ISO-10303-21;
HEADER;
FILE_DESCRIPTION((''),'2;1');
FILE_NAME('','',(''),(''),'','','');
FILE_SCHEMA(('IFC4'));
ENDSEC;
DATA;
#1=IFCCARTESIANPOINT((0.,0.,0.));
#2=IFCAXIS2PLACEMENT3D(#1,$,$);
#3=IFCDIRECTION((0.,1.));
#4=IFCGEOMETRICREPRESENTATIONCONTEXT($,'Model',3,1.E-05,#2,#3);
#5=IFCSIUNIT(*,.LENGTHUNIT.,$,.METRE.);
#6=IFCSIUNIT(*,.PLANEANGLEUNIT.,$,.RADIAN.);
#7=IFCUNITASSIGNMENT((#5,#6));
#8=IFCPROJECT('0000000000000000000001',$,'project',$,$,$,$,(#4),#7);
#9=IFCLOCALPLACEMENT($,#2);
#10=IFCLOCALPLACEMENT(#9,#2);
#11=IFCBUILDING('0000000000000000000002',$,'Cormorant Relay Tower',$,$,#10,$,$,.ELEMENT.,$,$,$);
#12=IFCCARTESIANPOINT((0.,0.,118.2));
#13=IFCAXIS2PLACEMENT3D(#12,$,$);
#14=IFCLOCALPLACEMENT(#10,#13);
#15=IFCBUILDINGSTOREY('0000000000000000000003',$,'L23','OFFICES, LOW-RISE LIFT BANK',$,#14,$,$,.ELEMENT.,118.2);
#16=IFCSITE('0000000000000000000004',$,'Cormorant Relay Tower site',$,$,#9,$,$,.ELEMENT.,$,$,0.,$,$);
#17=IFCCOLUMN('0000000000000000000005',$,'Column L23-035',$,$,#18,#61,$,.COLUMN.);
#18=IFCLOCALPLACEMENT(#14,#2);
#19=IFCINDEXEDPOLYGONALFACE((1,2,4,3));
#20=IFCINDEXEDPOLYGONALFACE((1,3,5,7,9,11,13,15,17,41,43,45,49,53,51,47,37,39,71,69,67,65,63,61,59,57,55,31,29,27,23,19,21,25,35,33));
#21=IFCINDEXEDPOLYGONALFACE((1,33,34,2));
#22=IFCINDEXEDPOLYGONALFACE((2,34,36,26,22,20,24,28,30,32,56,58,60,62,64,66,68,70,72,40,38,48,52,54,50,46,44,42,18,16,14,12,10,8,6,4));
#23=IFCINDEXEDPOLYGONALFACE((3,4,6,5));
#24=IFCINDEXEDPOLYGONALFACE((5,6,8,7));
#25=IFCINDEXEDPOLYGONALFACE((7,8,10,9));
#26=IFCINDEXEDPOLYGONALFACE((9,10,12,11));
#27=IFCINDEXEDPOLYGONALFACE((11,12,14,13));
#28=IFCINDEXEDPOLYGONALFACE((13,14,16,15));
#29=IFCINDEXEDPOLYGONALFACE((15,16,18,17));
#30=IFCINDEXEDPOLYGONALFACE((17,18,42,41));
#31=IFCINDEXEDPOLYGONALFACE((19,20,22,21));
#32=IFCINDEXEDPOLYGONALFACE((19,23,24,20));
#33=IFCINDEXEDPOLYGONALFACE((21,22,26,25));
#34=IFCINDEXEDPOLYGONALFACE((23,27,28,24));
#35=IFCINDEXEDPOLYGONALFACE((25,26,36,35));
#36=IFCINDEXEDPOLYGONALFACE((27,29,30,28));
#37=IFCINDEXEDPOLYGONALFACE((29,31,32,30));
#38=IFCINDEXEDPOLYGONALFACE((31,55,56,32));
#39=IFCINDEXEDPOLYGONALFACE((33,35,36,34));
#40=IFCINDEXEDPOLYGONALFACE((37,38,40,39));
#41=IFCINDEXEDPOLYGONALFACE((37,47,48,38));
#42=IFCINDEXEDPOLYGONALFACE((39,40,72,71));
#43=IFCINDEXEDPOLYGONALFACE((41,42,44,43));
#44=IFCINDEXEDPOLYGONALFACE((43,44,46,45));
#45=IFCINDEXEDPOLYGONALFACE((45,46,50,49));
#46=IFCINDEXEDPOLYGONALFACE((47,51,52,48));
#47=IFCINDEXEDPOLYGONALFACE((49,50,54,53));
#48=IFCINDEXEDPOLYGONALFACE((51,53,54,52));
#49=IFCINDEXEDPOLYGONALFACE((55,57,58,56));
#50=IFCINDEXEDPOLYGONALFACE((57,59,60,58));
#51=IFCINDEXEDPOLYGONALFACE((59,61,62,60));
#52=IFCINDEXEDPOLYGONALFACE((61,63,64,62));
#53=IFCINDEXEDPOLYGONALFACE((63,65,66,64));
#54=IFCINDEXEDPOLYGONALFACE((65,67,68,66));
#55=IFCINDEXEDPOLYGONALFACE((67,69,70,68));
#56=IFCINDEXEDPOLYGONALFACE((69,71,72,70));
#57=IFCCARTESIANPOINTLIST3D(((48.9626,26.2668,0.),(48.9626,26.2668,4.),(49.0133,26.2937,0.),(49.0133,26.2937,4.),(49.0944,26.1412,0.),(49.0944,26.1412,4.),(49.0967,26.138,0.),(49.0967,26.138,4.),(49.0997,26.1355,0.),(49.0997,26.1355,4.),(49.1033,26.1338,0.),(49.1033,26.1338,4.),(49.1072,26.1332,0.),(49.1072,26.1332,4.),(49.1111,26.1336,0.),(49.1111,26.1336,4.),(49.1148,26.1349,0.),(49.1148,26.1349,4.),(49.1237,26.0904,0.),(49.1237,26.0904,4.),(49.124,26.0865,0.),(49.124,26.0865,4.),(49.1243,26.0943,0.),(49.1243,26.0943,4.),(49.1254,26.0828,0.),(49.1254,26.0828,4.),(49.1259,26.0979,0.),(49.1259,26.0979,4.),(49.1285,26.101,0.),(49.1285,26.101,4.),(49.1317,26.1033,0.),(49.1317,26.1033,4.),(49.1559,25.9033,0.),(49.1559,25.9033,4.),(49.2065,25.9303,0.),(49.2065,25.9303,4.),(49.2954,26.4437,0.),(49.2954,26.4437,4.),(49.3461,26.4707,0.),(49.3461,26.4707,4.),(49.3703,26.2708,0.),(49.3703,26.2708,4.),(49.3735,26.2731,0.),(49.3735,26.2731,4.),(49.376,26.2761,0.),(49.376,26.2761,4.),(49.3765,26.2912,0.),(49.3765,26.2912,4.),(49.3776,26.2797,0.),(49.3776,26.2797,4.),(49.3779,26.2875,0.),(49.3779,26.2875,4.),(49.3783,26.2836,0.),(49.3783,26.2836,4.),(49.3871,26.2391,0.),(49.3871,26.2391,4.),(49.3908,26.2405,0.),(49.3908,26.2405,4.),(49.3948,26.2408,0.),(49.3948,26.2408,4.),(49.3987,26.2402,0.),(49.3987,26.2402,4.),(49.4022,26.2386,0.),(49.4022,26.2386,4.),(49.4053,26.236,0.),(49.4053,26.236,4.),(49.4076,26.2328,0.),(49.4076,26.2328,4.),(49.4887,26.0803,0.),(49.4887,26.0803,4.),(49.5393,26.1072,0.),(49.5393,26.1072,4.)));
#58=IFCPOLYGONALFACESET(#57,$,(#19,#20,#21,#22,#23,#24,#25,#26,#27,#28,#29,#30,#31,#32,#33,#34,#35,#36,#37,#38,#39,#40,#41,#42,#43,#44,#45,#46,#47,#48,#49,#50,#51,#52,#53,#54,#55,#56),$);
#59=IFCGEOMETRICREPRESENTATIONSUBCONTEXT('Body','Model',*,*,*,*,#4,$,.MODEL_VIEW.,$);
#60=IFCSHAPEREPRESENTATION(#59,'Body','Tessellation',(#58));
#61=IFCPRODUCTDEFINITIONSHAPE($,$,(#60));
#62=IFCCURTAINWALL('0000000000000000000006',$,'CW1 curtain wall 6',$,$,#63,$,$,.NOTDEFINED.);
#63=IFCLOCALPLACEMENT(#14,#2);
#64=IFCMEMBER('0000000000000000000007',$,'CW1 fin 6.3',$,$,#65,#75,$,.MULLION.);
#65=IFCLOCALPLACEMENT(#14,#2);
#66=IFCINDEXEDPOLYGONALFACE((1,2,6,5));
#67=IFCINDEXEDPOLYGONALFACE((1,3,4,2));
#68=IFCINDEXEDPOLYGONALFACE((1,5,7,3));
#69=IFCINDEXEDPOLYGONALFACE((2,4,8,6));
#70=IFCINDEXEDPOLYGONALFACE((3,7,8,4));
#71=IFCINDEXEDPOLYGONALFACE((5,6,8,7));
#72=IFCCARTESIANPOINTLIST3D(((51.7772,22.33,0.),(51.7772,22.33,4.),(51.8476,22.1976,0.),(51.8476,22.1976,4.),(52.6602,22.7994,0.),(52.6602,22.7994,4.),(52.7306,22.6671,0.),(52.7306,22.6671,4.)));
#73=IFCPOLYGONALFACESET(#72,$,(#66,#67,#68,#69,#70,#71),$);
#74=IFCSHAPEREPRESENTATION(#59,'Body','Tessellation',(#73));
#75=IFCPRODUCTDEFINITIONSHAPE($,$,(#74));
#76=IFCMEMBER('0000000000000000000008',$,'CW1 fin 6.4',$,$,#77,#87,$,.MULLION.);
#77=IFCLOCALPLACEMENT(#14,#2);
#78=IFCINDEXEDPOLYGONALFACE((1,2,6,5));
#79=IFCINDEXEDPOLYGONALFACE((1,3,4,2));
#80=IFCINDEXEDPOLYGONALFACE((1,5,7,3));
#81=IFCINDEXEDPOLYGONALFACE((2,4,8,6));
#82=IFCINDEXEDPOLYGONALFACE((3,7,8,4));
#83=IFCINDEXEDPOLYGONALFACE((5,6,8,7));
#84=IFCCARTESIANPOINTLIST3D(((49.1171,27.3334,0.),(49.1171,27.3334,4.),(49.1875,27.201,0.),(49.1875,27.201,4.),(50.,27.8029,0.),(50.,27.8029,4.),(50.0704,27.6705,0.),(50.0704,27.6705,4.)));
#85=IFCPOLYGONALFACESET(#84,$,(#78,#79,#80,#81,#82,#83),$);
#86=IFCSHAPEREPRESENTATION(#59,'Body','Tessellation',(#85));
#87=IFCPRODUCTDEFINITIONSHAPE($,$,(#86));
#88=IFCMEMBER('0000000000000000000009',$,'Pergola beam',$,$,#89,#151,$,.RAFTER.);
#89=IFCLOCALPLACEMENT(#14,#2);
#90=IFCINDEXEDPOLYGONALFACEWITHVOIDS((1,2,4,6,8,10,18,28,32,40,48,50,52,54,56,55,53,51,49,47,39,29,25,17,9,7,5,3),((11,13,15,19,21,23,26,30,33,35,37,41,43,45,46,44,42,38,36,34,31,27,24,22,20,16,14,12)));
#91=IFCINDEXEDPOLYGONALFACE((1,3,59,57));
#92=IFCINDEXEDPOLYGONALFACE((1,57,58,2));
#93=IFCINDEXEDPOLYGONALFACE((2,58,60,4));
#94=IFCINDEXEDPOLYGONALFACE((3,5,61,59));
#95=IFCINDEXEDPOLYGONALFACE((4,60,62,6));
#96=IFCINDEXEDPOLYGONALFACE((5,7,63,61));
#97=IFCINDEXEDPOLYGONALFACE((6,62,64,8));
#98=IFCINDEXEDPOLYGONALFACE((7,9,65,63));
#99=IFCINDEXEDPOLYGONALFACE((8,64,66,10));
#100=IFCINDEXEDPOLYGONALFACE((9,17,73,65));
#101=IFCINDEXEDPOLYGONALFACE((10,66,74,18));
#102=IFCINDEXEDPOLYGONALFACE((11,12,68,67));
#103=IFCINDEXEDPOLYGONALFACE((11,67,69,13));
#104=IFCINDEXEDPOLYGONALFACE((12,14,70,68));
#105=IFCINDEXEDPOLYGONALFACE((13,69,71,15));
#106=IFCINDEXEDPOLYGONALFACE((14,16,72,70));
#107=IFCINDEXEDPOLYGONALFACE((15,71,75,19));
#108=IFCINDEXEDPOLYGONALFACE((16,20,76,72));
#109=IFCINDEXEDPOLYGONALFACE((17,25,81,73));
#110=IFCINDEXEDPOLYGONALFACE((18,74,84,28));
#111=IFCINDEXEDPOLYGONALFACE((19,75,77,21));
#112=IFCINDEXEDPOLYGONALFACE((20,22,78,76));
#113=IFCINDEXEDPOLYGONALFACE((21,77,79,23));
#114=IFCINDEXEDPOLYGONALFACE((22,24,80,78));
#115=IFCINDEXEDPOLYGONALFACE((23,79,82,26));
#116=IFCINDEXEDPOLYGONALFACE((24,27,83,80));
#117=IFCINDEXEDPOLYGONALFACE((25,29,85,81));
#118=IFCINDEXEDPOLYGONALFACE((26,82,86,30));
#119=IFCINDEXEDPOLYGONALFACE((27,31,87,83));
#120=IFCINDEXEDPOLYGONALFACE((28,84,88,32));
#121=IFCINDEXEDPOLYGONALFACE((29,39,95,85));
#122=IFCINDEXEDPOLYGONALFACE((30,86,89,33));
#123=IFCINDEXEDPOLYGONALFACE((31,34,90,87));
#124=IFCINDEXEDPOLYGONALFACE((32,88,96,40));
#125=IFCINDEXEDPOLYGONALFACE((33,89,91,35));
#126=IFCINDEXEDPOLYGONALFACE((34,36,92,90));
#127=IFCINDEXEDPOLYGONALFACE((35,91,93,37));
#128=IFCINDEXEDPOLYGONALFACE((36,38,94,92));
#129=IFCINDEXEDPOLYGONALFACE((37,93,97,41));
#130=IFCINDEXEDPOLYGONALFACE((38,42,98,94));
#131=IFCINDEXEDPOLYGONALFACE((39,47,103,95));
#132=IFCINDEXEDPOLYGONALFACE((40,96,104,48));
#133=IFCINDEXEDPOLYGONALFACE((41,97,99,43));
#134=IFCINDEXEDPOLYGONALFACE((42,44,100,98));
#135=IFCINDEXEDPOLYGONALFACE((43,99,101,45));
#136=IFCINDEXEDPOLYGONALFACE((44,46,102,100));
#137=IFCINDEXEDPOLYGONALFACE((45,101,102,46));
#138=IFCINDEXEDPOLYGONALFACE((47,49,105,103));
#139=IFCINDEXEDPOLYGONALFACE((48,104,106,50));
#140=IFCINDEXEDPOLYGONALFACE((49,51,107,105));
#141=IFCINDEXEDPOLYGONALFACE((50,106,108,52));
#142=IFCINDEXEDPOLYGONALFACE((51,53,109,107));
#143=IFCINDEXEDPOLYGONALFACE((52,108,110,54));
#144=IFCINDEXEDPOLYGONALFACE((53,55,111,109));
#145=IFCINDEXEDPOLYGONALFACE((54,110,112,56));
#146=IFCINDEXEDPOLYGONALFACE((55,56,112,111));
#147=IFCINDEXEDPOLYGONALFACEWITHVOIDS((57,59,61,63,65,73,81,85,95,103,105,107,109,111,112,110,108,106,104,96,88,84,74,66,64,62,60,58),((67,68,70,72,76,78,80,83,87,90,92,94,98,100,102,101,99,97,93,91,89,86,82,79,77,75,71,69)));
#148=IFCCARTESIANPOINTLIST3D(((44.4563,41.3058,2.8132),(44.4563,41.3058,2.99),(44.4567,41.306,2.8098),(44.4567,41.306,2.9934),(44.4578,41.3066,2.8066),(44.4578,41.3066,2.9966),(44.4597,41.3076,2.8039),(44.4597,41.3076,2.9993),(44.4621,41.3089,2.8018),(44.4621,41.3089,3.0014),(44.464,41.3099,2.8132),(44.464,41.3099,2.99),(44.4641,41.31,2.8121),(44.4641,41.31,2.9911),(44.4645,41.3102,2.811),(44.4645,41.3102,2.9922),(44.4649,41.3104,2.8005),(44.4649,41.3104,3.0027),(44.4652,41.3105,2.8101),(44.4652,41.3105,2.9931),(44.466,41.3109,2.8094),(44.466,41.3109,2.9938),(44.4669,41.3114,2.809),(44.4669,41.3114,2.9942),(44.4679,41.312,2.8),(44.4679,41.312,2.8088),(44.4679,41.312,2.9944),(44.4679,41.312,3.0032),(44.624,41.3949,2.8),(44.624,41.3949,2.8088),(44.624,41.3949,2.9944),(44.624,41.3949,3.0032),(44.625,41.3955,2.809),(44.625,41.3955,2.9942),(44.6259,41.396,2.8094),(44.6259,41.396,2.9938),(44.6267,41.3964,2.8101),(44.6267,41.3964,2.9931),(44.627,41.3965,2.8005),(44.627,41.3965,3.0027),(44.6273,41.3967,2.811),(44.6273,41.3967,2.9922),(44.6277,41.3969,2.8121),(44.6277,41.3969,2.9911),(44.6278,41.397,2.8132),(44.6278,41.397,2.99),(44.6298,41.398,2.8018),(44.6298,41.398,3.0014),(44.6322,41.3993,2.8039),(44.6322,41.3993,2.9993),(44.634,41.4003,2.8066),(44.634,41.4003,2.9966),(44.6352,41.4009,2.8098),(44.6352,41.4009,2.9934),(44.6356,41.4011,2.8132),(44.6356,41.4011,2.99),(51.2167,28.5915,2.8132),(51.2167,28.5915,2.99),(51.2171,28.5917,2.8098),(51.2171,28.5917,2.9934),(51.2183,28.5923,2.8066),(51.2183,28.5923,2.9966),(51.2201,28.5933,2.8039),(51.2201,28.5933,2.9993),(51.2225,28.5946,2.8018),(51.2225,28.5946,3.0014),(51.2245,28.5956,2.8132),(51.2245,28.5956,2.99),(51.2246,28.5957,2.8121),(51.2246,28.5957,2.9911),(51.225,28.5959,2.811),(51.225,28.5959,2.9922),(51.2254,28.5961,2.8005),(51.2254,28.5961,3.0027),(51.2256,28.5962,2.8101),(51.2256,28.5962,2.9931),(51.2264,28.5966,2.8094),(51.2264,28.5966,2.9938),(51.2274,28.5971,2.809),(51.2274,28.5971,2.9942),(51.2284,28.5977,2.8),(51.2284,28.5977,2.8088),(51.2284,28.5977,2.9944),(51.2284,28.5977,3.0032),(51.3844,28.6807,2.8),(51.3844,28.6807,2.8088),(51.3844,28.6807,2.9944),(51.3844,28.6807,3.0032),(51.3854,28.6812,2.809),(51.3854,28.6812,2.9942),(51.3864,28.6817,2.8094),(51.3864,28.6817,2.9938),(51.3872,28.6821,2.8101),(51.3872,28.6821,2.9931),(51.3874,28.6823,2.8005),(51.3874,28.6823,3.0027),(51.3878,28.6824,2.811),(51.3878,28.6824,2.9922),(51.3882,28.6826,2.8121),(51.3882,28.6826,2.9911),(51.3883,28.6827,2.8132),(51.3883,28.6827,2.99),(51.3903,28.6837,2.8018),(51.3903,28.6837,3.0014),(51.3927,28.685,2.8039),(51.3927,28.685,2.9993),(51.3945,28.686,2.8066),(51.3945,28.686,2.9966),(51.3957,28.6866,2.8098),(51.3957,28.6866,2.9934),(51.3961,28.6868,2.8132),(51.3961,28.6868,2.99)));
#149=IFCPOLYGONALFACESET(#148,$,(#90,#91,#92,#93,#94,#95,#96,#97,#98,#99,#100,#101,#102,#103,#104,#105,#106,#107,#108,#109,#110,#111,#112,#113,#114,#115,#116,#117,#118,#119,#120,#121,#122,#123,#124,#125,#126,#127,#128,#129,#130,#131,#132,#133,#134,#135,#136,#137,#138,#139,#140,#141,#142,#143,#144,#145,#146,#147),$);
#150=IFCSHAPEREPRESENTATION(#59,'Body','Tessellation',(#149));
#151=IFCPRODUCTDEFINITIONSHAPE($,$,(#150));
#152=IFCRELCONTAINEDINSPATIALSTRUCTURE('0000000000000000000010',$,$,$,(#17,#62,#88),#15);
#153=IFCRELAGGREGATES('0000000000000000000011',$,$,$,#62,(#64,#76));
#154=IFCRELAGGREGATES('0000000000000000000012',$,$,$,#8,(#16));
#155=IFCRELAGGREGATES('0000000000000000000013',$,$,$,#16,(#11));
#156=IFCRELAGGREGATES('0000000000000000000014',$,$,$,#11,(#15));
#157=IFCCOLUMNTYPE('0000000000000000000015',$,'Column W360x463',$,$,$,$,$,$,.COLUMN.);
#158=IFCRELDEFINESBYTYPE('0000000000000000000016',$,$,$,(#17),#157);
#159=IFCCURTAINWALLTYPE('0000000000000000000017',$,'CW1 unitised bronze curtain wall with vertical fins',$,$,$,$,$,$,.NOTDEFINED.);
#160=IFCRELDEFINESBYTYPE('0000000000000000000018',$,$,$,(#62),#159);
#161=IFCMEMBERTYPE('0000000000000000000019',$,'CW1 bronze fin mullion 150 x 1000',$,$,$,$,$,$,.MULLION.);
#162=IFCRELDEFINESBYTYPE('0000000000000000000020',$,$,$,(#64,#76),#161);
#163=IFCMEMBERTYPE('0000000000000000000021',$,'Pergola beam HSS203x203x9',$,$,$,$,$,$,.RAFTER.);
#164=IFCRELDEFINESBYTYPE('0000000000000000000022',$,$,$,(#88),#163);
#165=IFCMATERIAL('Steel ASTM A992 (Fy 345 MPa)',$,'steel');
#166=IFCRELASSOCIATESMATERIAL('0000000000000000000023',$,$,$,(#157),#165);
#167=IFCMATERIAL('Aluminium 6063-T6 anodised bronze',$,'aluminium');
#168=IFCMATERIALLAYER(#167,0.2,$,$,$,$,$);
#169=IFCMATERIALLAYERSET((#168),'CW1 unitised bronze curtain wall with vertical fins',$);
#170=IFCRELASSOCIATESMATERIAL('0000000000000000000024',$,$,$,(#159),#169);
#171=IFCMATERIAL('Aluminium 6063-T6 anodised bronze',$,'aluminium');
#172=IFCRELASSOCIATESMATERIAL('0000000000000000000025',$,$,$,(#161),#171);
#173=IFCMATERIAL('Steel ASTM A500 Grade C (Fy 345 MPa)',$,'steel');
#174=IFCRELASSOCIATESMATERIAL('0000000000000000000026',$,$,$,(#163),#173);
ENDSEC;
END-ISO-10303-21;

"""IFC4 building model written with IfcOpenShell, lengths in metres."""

from ifc_helpers import new_model, si_unit, direction, frame, origin, origin_2d, place, context, subcontext, project, spatial, rectangle, hollow_rectangle, i_section, extrude, material, layer, layer_set, material_profile, profile_set, type_object, element, aggregate, save


model = new_model("IFC4")

# Units and contexts
model_context = context("Model", 3, precision=1e-05, world=origin(), true_north=direction((0.0, 1.0)))
body_context = subcontext(model_context, "Body", "Model", "MODEL_VIEW")
ifc_project = project(units=[si_unit("LENGTHUNIT", "METRE"), si_unit("PLANEANGLEUNIT", "RADIAN")], contexts=[model_context])

# Site, building, storey
site_placement = place(None, origin())
site = spatial("IfcSite", under=ifc_project, at=site_placement, Name="Cormorant Relay Tower site", CompositionType="ELEMENT", RefElevation=0.0)
building_placement = place(site_placement, origin())
building = spatial("IfcBuilding", under=site, at=building_placement, Name="Cormorant Relay Tower", CompositionType="ELEMENT")
storey_placement = place(building_placement, frame((0.0, 0.0, 118.2)))
storey = spatial("IfcBuildingStorey", under=building, at=storey_placement, Name="L23", Description="OFFICES, LOW-RISE LIFT BANK", CompositionType="ELEMENT", Elevation=118.2)

# Column
ifc_material_1 = material(Name="Steel ASTM A992 (Fy 345 MPa)", Category="steel")
ifc_material_profile_1 = material_profile(ifc_material_1, i_section(OverallWidth=0.4116, OverallDepth=0.4343, WebThickness=0.0359, FlangeThickness=0.0574, FilletRadius=0.0151, at=origin_2d()), Name="W360x463")
ifc_profile_set_1 = profile_set([ifc_material_profile_1], Name="Steel ASTM A992 (Fy 345 MPa)")
column_type = type_object("IfcColumnType", Name="Column W360x463", PredefinedType="COLUMN", material=ifc_profile_set_1)
column_placement = place(storey_placement, frame((49.251, 26.187, 0.0), z_axis=(0.0, 0.0, 1.0), x_axis=(-0.469472, 0.882948, 0.0)))
element("IfcColumn", 1, at=column_placement, inside=storey, type_object=column_type, Name="Column L23-035", PredefinedType="COLUMN", context=body_context, shape_type="SweptSolid", body=[
    extrude(i_section(OverallWidth=0.4116, OverallDepth=0.4343, WebThickness=0.0359, FlangeThickness=0.0574, FilletRadius=0.0151, at=origin_2d()), origin(), (0.0, 0.0, 1.0), 4.0),
])

# Curtain wall, members
ifc_material_2 = material(Name="Aluminium 6063-T6 anodised bronze", Category="aluminium")
ifc_layer_1 = layer(ifc_material_2, 0.2)
ifc_layer_set_1 = layer_set([ifc_layer_1], Name="CW1 unitised bronze curtain wall with vertical fins")
curtain_wall_type = type_object("IfcCurtainWallType", Name="CW1 unitised bronze curtain wall with vertical fins", PredefinedType="NOTDEFINED", material=ifc_layer_set_1)
curtain_wall_placement = place(storey_placement, origin())
curtain_wall = element("IfcCurtainWall", 2, at=curtain_wall_placement, inside=storey, type_object=curtain_wall_type, Name="CW1 curtain wall 6", PredefinedType="NOTDEFINED")
ifc_material_3 = material(Name="Aluminium 6063-T6 anodised bronze", Category="aluminium")
ifc_material_profile_2 = material_profile(ifc_material_3, rectangle(XDim=0.1499, YDim=1.0, at=origin_2d()), Name="AL 150x1000")
ifc_profile_set_2 = profile_set([ifc_material_profile_2], Name="Aluminium 6063-T6 anodised bronze")
member_type_1 = type_object("IfcMemberType", Name="CW1 bronze fin mullion 150 x 1000", PredefinedType="MULLION", material=ifc_profile_set_2)
member_1_placement = place(storey_placement, frame((52.2539, 22.4985, 0.0), z_axis=(0.0, 0.0, 1.0), x_axis=(-0.469472, 0.882948, 0.0)))
member_1 = element("IfcMember", 3, at=member_1_placement, type_object=member_type_1, Name="CW1 fin 6.3", PredefinedType="MULLION", context=body_context, shape_type="SweptSolid", body=[
    extrude(rectangle(XDim=0.1499, YDim=1.0, at=origin_2d()), origin(), (0.0, 0.0, 1.0), 4.0),
])
member_2_placement = place(storey_placement, frame((49.5938, 27.502, 0.0), z_axis=(0.0, 0.0, 1.0), x_axis=(-0.469472, 0.882948, 0.0)))
member_2 = element("IfcMember", 4, at=member_2_placement, type_object=member_type_1, Name="CW1 fin 6.4", PredefinedType="MULLION", context=body_context, shape_type="SweptSolid", body=[
    extrude(rectangle(XDim=0.1499, YDim=1.0, at=origin_2d()), origin(), (0.0, 0.0, 1.0), 4.0),
])

# Member
ifc_material_4 = material(Name="Steel ASTM A500 Grade C (Fy 345 MPa)", Category="steel")
ifc_material_profile_3 = material_profile(ifc_material_4, hollow_rectangle(XDim=0.2031, YDim=0.2031, WallThickness=0.0088, InnerFilletRadius=0.0044, OuterFilletRadius=0.0132, at=origin_2d()), Name="HSS203x203x9")
ifc_profile_set_3 = profile_set([ifc_material_profile_3], Name="Steel ASTM A500 Grade C (Fy 345 MPa)")
member_type_2 = type_object("IfcMemberType", Name="Pergola beam HSS203x203x9", PredefinedType="RAFTER", material=ifc_profile_set_3)
member_3_placement = place(storey_placement, frame((51.3064, 28.6392, 2.9016), z_axis=(-0.46948, 0.882943, 0.0), x_axis=(-0.882943, -0.46948, 0.0)))
element("IfcMember", 5, at=member_3_placement, inside=storey, type_object=member_type_2, Name="Pergola beam", PredefinedType="RAFTER", context=body_context, shape_type="SweptSolid", body=[
    extrude(hollow_rectangle(XDim=0.2031, YDim=0.2031, WallThickness=0.0088, InnerFilletRadius=0.0044, OuterFilletRadius=0.0132, at=origin_2d()), origin(), (0.0, 0.0, 1.0), 14.3999),
])

aggregate(curtain_wall, [member_1, member_2])

save(model, "model.ifc")
